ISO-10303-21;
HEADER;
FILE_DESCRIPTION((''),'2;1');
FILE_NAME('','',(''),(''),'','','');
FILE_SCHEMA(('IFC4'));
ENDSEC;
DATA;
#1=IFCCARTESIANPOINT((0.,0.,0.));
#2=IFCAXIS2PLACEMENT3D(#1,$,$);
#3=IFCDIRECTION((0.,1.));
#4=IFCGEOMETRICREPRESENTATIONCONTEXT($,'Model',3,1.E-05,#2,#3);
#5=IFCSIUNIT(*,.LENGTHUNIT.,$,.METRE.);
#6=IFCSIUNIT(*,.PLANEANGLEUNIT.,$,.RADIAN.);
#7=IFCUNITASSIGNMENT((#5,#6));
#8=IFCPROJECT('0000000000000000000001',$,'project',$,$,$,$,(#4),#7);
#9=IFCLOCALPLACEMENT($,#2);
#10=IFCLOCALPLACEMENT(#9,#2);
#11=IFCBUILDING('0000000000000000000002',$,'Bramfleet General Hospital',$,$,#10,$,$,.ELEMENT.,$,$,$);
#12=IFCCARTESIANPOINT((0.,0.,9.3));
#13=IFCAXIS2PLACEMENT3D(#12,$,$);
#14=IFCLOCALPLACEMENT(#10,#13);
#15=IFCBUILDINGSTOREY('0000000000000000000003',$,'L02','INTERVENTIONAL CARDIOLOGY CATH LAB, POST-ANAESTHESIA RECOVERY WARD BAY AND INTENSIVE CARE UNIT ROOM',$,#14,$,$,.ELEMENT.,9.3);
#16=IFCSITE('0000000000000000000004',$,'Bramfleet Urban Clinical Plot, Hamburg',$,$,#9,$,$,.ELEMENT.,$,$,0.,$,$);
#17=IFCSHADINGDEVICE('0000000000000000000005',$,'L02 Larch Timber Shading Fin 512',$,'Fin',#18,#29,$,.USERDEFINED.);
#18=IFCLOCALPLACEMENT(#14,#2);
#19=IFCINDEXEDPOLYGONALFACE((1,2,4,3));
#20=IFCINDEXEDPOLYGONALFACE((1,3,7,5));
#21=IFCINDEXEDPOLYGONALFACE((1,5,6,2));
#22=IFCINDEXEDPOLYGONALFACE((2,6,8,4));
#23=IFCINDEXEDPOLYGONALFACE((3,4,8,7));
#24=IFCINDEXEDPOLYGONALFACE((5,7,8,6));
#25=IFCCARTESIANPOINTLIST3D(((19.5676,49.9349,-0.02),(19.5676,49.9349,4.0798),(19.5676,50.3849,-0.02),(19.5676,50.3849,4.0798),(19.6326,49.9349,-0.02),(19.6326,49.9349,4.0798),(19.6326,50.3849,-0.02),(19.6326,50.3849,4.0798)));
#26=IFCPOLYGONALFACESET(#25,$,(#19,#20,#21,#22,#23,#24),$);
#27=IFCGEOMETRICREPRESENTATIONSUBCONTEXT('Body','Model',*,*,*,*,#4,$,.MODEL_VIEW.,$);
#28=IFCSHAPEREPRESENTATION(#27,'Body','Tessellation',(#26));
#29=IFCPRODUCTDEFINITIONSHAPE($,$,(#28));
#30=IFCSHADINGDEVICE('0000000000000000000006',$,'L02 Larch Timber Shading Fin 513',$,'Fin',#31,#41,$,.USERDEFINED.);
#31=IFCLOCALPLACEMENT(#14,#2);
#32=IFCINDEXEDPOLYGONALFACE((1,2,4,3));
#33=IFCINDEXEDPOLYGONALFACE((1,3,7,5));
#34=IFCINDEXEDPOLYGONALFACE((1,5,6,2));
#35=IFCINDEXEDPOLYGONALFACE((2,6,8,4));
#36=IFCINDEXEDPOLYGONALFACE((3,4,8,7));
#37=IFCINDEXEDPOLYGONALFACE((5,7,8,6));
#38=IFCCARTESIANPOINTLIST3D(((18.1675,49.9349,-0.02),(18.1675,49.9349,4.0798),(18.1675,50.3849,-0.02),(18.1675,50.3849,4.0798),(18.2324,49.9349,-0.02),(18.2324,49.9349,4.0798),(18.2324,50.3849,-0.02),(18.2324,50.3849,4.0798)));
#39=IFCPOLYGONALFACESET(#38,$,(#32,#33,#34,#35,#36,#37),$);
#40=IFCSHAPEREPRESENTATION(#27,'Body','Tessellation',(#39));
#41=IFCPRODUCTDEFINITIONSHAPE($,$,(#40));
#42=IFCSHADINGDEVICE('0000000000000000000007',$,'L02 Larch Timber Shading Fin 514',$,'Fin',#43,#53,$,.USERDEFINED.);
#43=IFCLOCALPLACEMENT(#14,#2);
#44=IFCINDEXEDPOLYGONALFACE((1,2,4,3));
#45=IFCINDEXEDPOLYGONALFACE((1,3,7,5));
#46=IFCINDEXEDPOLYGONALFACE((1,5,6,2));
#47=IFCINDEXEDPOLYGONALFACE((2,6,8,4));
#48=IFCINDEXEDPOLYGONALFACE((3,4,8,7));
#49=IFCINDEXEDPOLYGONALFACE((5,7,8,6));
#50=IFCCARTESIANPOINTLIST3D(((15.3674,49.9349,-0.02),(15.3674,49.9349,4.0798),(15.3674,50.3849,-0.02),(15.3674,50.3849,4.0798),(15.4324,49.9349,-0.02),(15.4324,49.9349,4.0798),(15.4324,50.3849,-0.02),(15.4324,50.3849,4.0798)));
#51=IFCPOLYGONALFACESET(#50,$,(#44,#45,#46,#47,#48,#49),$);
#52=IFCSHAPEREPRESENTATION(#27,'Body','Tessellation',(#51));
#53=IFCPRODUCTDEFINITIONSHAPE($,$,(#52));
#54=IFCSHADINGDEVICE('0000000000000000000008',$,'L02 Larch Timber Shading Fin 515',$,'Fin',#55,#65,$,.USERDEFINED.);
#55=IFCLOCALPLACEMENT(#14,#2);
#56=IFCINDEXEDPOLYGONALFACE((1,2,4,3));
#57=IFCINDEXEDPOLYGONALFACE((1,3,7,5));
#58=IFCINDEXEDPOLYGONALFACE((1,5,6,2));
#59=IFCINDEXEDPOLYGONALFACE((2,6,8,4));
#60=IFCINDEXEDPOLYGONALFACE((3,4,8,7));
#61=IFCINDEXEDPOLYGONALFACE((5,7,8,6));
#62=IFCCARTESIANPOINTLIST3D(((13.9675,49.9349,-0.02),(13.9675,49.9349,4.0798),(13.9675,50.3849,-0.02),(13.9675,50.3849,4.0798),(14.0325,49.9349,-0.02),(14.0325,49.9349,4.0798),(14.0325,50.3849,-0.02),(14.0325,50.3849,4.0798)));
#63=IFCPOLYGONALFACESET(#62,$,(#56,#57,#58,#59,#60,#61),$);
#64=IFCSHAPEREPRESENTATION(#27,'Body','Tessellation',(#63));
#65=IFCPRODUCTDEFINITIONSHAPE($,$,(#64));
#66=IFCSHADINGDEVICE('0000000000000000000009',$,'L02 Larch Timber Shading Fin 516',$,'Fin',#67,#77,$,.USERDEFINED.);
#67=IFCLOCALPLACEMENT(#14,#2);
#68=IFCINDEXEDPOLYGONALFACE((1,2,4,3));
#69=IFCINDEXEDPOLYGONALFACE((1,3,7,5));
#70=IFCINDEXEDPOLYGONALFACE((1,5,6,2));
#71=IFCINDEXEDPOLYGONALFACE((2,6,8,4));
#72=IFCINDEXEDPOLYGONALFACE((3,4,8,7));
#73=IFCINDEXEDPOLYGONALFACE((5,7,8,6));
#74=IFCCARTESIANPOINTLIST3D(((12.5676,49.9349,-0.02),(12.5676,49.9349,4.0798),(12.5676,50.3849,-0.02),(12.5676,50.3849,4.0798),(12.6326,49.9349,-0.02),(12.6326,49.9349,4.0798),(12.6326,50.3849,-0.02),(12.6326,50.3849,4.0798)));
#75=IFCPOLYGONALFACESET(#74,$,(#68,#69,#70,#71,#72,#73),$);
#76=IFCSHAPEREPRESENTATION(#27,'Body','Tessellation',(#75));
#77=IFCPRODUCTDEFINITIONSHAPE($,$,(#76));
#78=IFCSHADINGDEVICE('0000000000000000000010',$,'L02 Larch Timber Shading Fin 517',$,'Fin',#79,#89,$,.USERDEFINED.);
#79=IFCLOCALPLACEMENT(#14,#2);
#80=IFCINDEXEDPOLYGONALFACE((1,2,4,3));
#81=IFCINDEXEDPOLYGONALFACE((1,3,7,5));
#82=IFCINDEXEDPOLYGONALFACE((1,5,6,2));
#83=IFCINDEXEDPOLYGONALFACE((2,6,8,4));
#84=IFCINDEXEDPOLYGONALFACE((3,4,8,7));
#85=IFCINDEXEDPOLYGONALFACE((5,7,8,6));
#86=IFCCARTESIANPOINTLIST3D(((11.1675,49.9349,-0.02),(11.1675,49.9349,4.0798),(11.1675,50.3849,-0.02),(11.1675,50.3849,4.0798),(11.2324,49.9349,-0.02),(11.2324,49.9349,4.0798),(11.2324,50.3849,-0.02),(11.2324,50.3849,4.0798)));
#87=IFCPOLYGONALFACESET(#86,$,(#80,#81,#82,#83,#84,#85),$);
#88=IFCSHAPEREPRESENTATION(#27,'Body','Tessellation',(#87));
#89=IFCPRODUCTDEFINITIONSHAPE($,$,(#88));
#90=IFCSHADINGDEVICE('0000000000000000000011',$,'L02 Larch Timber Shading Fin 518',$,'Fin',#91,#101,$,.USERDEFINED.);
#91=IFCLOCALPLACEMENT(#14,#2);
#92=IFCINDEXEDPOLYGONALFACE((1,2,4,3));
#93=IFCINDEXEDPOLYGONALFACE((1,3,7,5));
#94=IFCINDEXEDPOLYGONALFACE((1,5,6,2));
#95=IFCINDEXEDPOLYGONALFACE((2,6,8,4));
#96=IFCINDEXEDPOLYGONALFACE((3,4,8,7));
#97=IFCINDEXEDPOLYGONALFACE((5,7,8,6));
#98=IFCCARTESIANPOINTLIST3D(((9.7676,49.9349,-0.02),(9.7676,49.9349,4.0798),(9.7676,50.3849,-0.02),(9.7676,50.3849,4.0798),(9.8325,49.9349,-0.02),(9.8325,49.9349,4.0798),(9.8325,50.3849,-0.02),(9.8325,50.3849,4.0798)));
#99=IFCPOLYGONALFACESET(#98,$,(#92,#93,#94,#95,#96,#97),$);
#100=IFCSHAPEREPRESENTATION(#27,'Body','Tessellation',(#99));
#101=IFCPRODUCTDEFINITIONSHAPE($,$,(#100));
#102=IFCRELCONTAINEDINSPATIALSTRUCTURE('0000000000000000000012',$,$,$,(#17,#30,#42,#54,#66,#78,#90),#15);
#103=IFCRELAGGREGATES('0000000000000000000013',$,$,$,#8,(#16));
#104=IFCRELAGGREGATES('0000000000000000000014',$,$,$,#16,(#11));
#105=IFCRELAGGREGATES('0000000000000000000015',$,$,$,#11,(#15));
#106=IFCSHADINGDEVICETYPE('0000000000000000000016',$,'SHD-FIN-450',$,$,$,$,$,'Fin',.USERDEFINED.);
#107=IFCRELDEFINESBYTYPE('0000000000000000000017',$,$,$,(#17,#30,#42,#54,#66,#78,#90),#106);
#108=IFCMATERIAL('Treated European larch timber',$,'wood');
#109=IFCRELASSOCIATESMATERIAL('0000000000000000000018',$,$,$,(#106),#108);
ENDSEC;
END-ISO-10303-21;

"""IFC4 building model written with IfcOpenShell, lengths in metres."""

from ifc_helpers import new_model, si_unit, direction, frame, origin, origin_2d, place, context, subcontext, project, spatial, rectangle, extrude, material, material_profile, profile_set, type_object, element, save


model = new_model("IFC4")

# Units and contexts
model_context = context("Model", 3, precision=1e-05, world=origin(), true_north=direction((0.0, 1.0)))
body_context = subcontext(model_context, "Body", "Model", "MODEL_VIEW")
ifc_project = project(units=[si_unit("LENGTHUNIT", "METRE"), si_unit("PLANEANGLEUNIT", "RADIAN")], contexts=[model_context])

# Site, building, storey
site_placement = place(None, origin())
site = spatial("IfcSite", under=ifc_project, at=site_placement, Name="Bramfleet Urban Clinical Plot, Hamburg", CompositionType="ELEMENT", RefElevation=0.0)
building_placement = place(site_placement, origin())
building = spatial("IfcBuilding", under=site, at=building_placement, Name="Bramfleet General Hospital", CompositionType="ELEMENT")
storey_placement = place(building_placement, frame((0.0, 0.0, 9.3)))
storey = spatial("IfcBuildingStorey", under=building, at=storey_placement, Name="L02", Description="INTERVENTIONAL CARDIOLOGY CATH LAB, POST-ANAESTHESIA RECOVERY WARD BAY AND INTENSIVE CARE UNIT ROOM", CompositionType="ELEMENT", Elevation=9.3)

# Shading devices
ifc_material_1 = material(Name="Treated European larch timber", Category="wood")
ifc_material_profile = material_profile(ifc_material_1, rectangle(XDim=0.0649, YDim=0.45, at=origin_2d()), Name="LARCH FIN 450x65")
ifc_profile_set = profile_set([ifc_material_profile], Name="Treated European larch timber")
shading_device_type = type_object("IfcShadingDeviceType", Name="SHD-FIN-450", ElementType="Fin", PredefinedType="USERDEFINED", material=ifc_profile_set)
for number, where, z_axis, x_axis, name in (
    (1, (19.6001, 50.1599, -0.02), (0.0, 0.0, 1.0), (-1.0, 0.0, 0.0), "L02 Larch Timber Shading Fin 512"),
    (2, (18.2, 50.1599, -0.02), (0.0, 0.0, 1.0), (-1.0, 0.0, 0.0), "L02 Larch Timber Shading Fin 513"),
    (3, (15.3999, 50.1599, -0.02), (0.0, 0.0, 1.0), (-1.0, 0.0, 0.0), "L02 Larch Timber Shading Fin 514"),
    (4, (14.0, 50.1599, -0.02), (0.0, 0.0, 1.0), (-1.0, 0.0, 0.0), "L02 Larch Timber Shading Fin 515"),
    (5, (12.6001, 50.1599, -0.02), (0.0, 0.0, 1.0), (-1.0, 0.0, 0.0), "L02 Larch Timber Shading Fin 516"),
    (6, (11.2, 50.1599, -0.02), (0.0, 0.0, 1.0), (-1.0, 0.0, 0.0), "L02 Larch Timber Shading Fin 517"),
    (7, (9.8, 50.1599, -0.02), (0.0, 0.0, 1.0), (-1.0, 0.0, 0.0), "L02 Larch Timber Shading Fin 518"),
):
    element("IfcShadingDevice", number, at=place(storey_placement, frame(where, z_axis=z_axis, x_axis=x_axis)), inside=storey, type_object=shading_device_type, Name=name, ObjectType="Fin", PredefinedType="USERDEFINED", context=body_context, shape_type="SweptSolid", body=[
        extrude(rectangle(XDim=0.0649, YDim=0.45, at=origin_2d()), origin(), (0.0, 0.0, 1.0), 4.0999),
    ])

save(model, "model.ifc")
